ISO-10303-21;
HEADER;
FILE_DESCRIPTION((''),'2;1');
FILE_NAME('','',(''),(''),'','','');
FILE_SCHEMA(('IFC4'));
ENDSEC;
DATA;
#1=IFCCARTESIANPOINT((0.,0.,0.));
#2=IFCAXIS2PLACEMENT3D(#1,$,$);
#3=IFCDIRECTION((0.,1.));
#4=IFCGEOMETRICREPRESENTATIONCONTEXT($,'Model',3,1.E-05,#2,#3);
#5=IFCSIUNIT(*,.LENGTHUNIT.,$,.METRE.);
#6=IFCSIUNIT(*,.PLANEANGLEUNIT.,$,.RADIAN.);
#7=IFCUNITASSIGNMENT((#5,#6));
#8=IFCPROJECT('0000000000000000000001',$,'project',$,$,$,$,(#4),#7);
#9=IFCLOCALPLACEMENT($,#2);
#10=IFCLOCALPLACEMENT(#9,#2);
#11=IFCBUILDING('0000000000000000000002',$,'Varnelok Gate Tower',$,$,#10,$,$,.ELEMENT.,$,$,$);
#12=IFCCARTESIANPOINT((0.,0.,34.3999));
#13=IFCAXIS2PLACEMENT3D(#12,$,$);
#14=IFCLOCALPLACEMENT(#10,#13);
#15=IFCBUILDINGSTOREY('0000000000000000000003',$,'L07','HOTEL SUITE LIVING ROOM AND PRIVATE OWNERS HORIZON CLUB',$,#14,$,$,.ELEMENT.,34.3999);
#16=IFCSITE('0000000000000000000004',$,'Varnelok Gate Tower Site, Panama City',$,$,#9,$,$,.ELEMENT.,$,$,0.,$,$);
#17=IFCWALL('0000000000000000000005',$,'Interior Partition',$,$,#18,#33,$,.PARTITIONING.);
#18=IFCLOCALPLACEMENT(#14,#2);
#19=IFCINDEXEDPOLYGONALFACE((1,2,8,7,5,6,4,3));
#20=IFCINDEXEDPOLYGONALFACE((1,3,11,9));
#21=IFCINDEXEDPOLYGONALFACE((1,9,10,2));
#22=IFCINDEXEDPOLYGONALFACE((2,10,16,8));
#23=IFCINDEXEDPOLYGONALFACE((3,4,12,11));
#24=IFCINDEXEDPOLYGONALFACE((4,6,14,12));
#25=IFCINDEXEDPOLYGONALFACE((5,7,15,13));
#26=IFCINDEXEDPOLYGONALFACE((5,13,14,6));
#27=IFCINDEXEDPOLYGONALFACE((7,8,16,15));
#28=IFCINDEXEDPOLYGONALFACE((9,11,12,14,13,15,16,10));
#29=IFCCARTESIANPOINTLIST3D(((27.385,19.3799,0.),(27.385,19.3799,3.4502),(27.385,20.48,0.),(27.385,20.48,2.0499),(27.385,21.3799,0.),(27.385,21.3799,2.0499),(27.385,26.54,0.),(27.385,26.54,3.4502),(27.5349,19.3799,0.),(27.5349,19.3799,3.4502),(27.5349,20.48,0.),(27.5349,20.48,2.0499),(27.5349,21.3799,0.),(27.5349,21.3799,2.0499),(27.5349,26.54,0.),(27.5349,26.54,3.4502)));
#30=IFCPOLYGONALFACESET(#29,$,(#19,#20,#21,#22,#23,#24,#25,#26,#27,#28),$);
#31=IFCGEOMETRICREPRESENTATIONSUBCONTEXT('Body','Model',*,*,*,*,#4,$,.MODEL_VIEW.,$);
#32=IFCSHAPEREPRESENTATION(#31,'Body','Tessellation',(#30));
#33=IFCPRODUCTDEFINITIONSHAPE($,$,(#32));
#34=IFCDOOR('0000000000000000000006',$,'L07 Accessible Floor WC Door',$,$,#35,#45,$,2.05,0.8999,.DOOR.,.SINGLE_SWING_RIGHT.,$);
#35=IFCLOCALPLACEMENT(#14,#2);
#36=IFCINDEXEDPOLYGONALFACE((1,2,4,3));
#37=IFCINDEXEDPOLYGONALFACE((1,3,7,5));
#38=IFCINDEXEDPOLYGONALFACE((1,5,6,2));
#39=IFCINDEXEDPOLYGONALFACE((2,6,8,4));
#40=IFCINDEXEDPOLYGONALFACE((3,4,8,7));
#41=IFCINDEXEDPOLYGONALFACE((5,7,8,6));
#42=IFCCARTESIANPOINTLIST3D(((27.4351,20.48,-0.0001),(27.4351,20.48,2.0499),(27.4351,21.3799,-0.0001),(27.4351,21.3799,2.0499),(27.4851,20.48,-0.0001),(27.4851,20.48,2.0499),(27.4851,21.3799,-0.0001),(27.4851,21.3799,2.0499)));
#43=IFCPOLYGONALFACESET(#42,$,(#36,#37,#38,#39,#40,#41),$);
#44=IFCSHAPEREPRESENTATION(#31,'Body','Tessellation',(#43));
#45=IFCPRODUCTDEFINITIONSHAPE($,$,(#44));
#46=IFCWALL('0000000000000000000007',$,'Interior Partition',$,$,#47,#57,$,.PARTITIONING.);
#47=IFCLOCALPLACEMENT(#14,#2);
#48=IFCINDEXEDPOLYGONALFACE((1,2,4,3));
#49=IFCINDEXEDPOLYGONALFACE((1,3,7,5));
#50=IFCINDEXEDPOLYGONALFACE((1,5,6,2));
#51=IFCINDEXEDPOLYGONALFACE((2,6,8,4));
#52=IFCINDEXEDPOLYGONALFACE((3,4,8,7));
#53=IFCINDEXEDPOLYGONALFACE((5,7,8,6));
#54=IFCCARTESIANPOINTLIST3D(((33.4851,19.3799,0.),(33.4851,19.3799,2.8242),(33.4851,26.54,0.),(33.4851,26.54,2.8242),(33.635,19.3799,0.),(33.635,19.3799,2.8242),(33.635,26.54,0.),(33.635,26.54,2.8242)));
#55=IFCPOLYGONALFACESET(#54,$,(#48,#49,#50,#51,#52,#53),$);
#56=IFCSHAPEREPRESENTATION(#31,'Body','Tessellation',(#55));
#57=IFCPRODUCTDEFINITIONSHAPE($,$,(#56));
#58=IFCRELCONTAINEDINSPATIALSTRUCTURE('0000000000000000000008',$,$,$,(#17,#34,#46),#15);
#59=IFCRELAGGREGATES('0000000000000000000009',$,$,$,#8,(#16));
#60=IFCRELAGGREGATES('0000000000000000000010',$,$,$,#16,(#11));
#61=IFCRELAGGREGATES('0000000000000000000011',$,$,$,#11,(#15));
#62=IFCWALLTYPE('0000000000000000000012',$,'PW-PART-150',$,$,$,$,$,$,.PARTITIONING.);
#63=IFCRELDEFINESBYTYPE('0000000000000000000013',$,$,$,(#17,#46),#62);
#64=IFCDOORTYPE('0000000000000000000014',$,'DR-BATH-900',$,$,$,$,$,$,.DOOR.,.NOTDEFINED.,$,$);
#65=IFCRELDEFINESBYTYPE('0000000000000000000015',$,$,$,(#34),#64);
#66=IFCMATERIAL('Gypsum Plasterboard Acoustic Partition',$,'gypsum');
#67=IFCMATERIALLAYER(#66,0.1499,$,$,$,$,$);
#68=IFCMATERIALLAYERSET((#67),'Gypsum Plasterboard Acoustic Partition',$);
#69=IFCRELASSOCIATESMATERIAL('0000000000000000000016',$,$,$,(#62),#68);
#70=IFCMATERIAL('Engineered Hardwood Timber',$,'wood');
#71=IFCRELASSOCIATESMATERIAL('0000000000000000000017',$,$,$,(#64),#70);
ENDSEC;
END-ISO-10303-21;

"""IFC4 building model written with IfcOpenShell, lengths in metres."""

from ifc_helpers import new_model, si_unit, direction, frame, frame_2d, origin, place, context, subcontext, project, spatial, rectangle, extrude, material, layer, layer_set, type_object, element, fill, save


model = new_model("IFC4")

# Units and contexts
model_context = context("Model", 3, precision=1e-05, world=origin(), true_north=direction((0.0, 1.0)))
body_context = subcontext(model_context, "Body", "Model", "MODEL_VIEW")
ifc_project = project(units=[si_unit("LENGTHUNIT", "METRE"), si_unit("PLANEANGLEUNIT", "RADIAN")], contexts=[model_context])

# Site, building, storey
site_placement = place(None, origin())
site = spatial("IfcSite", under=ifc_project, at=site_placement, Name="Varnelok Gate Tower Site, Panama City", CompositionType="ELEMENT", RefElevation=0.0)
building_placement = place(site_placement, origin())
building = spatial("IfcBuilding", under=site, at=building_placement, Name="Varnelok Gate Tower", CompositionType="ELEMENT")
storey_placement = place(building_placement, frame((0.0, 0.0, 34.3999)))
storey = spatial("IfcBuildingStorey", under=building, at=storey_placement, Name="L07", Description="HOTEL SUITE LIVING ROOM AND PRIVATE OWNERS HORIZON CLUB", CompositionType="ELEMENT", Elevation=34.3999)

# Shared definitions
ifc_material_1 = material(Name="Gypsum Plasterboard Acoustic Partition", Category="gypsum")
ifc_material_2 = material(Name="Engineered Hardwood Timber", Category="wood")

# Shared definitions
ifc_layer_1 = layer(ifc_material_1, 0.1499)
ifc_layer_set_1 = layer_set([ifc_layer_1], Name="Gypsum Plasterboard Acoustic Partition")
wall_type_1 = type_object("IfcWallType", Name="PW-PART-150", PredefinedType="PARTITIONING", material=ifc_layer_set_1)

# Wall, opening, door
wall_1_placement = place(storey_placement, frame((27.46, 19.3799, 0.0), z_axis=(0.0, 0.0, 1.0), x_axis=(0.0, 1.0, 0.0)))
wall_1 = element("IfcWall", 1, at=wall_1_placement, inside=storey, type_object=wall_type_1, Name="Interior Partition", PredefinedType="PARTITIONING", context=body_context, shape_type="SweptSolid", body=[
    extrude(rectangle(XDim=7.1602, YDim=0.1499, at=frame_2d((3.5801, 0.0))), origin(), (0.0, 0.0, 1.0), 3.4502),
])
opening_1_placement = place(wall_1_placement, frame((1.1001, 0.0, 0.0)))
opening_1 = element("IfcOpeningElement", 2, at=opening_1_placement, cuts=wall_1, PredefinedType="OPENING", context=body_context, shape_type="SweptSolid", body=[
    extrude(rectangle(XDim=0.8999, YDim=2.05, at=frame_2d((0.45, 1.0249))), frame((0.0, 0.085, 0.0), z_axis=(0.0, -1.0, 0.0), x_axis=(1.0, 0.0, 0.0)), (0.0, 0.0, 1.0), 0.1699),
])
door_type_1 = type_object("IfcDoorType", Name="DR-BATH-900", OperationType="NOTDEFINED", PredefinedType="DOOR", material=ifc_material_2)
door_1_placement = place(opening_1_placement, origin())
door_1 = element("IfcDoor", 3, at=door_1_placement, inside=storey, type_object=door_type_1, Name="L07 Accessible Floor WC Door", OperationType="SINGLE_SWING_RIGHT", OverallHeight=2.05, OverallWidth=0.8999, PredefinedType="DOOR", context=body_context, shape_type="SweptSolid", body=[
    extrude(rectangle(XDim=0.8999, YDim=2.05, at=frame_2d((0.45, 1.0249))), frame((0.0, 0.0249, 0.0), z_axis=(0.0, -1.0, 0.0), x_axis=(1.0, 0.0, 0.0)), (0.0, 0.0, 1.0), 0.05),
])
fill(opening_1, door_1)

# Wall
wall_2_placement = place(storey_placement, frame((33.5601, 19.3799, 0.0), z_axis=(0.0, 0.0, 1.0), x_axis=(0.0, 1.0, 0.0)))
element("IfcWall", 4, at=wall_2_placement, inside=storey, type_object=wall_type_1, Name="Interior Partition", PredefinedType="PARTITIONING", context=body_context, shape_type="SweptSolid", body=[
    extrude(rectangle(XDim=7.1602, YDim=0.1499, at=frame_2d((3.5801, 0.0))), origin(), (0.0, 0.0, 1.0), 2.8242),
])

save(model, "model.ifc")
